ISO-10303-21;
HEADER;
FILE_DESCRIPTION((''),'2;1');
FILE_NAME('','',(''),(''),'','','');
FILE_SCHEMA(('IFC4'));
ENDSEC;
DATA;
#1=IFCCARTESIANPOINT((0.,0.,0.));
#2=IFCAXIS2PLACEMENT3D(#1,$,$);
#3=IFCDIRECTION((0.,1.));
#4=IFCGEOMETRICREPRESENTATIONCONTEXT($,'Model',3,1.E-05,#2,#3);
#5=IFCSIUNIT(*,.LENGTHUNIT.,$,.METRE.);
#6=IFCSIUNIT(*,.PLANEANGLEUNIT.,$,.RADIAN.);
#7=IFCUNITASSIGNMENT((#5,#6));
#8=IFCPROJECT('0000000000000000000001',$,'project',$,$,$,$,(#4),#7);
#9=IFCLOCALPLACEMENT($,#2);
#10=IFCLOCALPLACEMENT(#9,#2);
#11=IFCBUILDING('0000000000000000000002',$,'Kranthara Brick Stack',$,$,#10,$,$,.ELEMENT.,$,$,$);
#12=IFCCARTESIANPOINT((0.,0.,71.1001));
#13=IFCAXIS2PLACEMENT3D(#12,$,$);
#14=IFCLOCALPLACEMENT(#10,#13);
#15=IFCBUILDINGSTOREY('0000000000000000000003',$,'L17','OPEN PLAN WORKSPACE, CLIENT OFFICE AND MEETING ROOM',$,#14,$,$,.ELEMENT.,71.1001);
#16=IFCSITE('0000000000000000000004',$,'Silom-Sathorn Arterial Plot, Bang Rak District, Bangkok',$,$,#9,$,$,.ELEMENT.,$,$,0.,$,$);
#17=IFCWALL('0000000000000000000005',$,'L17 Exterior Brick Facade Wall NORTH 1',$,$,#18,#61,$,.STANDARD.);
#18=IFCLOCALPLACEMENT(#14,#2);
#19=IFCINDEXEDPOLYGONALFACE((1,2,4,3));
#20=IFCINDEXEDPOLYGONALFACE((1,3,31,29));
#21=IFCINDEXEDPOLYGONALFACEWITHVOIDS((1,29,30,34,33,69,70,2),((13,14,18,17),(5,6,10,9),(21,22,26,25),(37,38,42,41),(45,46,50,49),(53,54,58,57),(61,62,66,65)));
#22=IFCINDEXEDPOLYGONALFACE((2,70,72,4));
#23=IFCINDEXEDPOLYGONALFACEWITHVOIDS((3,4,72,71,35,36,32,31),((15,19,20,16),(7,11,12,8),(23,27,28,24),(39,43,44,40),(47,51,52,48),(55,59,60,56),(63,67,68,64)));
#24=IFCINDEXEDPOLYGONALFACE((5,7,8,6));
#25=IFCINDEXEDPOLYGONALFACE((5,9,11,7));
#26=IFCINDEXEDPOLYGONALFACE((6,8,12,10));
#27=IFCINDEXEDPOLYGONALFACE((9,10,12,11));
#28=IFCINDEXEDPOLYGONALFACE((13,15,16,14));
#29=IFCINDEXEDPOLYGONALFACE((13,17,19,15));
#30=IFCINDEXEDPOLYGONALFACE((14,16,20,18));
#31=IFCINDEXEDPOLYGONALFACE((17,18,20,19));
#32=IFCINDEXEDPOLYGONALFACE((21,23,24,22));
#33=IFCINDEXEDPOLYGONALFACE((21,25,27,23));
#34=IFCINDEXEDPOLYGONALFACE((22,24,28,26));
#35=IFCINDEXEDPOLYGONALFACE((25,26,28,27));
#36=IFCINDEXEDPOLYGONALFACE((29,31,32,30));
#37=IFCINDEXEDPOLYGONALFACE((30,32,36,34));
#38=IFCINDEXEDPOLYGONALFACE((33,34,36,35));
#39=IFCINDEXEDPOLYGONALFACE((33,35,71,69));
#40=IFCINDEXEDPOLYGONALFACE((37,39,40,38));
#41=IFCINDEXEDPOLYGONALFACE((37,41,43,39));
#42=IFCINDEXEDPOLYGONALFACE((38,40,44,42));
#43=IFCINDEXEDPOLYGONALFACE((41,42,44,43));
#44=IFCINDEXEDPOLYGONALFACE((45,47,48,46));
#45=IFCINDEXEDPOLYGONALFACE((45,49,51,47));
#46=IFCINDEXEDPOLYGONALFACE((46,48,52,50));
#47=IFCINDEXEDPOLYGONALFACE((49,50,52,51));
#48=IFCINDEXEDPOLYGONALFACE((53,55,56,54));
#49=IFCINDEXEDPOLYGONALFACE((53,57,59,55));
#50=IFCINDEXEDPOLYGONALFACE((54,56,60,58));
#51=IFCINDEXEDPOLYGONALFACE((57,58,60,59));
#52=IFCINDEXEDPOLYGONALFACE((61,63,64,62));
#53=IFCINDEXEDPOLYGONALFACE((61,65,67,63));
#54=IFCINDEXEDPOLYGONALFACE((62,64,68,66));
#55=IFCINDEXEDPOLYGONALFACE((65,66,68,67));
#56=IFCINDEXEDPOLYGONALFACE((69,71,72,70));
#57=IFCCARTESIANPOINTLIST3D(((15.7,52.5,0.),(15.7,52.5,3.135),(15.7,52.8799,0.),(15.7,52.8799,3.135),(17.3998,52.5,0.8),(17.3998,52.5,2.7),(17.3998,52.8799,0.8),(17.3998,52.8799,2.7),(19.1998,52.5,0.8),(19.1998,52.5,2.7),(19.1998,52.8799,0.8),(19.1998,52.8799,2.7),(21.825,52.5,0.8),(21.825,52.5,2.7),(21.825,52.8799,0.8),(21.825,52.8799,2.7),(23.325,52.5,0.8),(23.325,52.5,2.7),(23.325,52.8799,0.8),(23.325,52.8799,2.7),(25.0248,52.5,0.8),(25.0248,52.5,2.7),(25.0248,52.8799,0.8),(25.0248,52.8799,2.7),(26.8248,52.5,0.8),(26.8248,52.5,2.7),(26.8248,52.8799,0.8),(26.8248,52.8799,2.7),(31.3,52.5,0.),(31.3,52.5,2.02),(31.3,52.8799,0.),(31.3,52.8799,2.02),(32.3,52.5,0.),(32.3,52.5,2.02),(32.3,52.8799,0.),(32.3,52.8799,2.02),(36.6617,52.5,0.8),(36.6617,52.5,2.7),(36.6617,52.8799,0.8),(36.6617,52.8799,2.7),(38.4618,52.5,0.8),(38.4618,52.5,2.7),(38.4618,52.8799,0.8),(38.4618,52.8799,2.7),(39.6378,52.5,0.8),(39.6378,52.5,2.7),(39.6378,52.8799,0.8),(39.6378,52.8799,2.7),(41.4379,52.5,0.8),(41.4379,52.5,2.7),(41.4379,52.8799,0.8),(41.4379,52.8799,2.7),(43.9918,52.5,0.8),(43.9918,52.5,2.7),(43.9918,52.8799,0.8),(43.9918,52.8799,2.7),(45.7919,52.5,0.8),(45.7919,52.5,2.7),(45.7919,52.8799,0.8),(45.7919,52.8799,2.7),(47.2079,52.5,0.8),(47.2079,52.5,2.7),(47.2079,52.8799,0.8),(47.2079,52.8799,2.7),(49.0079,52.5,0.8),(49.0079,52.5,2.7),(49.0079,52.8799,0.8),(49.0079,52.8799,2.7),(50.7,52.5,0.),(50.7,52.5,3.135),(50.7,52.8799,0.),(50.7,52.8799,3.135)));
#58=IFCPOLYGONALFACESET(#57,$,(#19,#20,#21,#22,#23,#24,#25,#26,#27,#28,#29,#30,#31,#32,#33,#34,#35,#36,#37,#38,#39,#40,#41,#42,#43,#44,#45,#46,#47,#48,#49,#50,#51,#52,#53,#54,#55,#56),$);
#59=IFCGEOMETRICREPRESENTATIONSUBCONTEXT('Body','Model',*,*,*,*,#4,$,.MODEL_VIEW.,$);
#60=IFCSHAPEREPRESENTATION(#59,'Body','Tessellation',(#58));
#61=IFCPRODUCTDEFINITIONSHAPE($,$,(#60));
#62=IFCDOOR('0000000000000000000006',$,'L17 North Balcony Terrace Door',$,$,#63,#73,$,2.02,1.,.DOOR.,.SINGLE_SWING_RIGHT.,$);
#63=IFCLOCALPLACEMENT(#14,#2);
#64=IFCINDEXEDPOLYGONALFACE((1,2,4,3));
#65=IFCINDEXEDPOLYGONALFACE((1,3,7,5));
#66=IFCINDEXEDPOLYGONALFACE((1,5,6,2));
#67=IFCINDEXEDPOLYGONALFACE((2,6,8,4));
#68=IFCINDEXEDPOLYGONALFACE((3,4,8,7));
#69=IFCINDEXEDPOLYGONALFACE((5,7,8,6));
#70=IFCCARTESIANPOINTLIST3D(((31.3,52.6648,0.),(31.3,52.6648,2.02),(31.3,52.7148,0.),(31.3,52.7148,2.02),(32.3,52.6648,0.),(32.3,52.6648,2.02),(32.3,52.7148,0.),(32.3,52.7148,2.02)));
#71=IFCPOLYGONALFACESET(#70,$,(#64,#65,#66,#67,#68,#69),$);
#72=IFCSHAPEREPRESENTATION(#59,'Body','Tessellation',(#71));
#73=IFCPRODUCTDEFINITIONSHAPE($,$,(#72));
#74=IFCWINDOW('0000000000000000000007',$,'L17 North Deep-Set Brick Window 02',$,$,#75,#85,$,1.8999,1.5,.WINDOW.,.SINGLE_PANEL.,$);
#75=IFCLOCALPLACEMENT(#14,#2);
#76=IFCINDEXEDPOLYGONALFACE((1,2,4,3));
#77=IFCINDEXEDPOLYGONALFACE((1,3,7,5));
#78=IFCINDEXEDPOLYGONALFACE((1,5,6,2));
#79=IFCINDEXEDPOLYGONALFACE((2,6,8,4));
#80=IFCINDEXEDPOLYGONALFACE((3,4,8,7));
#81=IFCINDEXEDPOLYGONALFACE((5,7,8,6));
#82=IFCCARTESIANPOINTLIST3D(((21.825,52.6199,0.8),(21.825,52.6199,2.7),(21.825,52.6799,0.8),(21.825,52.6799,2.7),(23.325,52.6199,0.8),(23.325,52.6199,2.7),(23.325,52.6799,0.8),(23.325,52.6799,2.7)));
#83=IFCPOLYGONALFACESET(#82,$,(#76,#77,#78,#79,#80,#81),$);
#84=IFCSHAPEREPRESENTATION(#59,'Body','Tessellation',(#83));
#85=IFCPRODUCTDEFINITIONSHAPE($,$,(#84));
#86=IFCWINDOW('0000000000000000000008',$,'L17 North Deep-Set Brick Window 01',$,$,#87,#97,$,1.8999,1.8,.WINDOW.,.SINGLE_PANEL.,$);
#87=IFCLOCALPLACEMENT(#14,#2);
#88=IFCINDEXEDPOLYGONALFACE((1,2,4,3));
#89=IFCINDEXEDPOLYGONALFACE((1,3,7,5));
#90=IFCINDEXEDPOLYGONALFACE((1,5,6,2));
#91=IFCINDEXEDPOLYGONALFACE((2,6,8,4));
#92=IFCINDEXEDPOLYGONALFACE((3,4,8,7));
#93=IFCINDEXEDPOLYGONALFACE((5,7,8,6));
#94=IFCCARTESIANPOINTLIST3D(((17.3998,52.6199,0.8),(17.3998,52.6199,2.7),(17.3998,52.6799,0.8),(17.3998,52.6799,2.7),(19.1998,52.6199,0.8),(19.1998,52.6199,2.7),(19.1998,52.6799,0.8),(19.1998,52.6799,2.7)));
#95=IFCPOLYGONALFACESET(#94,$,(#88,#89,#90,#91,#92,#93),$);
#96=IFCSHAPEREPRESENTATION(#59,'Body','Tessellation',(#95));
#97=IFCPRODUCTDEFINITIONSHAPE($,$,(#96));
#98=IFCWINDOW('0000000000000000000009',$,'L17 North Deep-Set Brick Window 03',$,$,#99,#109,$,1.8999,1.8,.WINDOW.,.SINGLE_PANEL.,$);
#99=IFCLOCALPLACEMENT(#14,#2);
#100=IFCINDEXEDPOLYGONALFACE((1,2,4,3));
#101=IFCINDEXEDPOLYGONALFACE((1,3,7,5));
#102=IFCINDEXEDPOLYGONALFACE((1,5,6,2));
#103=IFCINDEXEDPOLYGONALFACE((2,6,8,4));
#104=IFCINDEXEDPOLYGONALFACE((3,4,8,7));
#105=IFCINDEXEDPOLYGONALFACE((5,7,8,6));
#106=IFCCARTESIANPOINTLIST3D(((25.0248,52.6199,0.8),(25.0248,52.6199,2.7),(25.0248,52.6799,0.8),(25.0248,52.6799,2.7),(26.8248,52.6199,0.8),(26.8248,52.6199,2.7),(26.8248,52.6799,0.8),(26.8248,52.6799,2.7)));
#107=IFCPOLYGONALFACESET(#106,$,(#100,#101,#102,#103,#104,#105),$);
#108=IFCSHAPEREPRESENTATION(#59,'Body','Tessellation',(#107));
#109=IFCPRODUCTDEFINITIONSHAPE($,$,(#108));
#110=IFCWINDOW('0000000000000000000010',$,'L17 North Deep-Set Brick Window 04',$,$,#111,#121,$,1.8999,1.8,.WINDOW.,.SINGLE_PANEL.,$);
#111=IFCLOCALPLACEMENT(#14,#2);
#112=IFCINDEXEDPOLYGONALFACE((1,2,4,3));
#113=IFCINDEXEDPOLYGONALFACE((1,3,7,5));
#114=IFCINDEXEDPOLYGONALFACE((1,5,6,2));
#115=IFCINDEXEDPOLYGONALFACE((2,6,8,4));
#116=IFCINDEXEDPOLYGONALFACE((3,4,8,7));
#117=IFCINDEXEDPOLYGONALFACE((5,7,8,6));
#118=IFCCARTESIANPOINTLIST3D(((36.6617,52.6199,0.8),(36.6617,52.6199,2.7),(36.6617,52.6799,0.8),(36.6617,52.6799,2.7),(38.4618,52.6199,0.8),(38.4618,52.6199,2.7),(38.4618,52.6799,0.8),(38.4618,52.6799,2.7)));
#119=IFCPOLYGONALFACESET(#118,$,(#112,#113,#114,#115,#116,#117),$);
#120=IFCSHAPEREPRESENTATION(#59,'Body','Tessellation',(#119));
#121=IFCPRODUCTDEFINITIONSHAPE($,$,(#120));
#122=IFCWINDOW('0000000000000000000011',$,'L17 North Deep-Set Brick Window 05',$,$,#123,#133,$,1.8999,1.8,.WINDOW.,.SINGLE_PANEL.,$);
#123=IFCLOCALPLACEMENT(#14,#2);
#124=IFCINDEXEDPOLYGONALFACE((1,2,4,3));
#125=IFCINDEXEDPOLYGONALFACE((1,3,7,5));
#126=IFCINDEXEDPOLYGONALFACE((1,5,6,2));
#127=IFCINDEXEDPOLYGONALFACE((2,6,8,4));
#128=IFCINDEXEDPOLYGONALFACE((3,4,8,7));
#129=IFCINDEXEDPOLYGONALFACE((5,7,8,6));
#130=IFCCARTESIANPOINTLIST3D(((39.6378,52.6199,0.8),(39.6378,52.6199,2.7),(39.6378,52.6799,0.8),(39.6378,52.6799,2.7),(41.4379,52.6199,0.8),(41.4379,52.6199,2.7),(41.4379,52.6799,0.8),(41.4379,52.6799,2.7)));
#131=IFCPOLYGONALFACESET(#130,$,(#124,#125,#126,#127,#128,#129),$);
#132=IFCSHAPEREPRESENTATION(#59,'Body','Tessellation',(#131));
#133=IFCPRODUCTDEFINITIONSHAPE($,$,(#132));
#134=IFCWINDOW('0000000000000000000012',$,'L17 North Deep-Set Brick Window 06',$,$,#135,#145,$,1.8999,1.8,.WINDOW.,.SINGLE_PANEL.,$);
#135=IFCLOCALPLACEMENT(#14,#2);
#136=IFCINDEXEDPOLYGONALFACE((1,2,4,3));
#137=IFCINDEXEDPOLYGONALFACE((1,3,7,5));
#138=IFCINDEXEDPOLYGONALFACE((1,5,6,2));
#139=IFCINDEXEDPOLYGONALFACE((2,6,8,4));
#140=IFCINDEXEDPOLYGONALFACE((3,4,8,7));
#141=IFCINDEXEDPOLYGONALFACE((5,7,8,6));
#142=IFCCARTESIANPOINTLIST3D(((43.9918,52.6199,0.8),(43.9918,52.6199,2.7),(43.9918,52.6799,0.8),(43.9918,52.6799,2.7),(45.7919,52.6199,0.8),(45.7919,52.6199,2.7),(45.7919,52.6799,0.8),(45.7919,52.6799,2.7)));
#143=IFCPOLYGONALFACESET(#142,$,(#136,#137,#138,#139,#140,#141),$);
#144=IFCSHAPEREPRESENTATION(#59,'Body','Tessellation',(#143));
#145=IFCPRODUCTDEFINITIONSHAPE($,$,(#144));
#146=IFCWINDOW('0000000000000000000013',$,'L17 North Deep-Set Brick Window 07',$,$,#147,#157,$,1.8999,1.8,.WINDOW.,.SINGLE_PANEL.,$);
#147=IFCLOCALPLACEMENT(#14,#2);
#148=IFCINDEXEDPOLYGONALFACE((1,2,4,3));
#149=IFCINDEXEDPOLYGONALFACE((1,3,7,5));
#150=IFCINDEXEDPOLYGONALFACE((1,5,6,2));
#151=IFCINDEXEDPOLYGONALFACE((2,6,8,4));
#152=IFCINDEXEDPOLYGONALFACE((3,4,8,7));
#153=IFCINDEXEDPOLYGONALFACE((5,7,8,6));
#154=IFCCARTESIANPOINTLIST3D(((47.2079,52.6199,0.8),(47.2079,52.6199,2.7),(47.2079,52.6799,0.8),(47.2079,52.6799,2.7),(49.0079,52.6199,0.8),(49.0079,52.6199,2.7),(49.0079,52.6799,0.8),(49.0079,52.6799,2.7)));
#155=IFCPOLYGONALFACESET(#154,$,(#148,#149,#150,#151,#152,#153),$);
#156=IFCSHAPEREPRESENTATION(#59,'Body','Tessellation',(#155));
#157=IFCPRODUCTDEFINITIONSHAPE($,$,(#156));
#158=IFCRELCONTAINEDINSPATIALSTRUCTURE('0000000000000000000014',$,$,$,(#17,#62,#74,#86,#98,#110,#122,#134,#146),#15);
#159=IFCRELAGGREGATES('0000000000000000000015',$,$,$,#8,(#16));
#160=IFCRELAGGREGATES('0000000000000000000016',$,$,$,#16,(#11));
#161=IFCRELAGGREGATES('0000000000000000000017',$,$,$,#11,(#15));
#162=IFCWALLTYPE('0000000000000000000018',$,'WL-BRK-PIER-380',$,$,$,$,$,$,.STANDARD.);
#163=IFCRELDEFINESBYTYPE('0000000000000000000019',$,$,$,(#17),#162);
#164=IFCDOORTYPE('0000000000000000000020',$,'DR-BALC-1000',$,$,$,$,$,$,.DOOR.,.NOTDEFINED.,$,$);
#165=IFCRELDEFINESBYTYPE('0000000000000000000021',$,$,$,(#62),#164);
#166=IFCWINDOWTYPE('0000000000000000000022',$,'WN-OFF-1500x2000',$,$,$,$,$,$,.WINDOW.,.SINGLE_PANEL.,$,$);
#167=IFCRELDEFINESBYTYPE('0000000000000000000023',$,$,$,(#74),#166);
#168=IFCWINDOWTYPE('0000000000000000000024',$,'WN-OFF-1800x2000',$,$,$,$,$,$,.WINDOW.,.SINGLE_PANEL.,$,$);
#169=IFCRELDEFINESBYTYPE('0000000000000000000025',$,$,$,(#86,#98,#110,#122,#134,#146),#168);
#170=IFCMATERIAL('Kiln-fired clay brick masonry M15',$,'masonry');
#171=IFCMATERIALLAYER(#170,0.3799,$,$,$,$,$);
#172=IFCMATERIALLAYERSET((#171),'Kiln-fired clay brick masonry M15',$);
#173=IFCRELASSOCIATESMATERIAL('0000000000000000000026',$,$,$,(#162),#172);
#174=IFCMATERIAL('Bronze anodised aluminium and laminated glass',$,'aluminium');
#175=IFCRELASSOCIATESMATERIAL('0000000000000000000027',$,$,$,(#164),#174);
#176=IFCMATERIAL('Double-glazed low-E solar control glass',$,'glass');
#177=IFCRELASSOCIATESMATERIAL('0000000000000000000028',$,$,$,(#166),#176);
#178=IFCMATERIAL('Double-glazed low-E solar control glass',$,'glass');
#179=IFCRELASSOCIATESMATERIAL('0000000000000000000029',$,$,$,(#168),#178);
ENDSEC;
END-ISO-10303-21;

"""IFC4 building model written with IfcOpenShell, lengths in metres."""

from ifc_helpers import new_model, si_unit, direction, frame, frame_2d, origin, place, context, subcontext, project, spatial, rectangle, extrude, material, layer, layer_set, type_object, element, fill, save


model = new_model("IFC4")

# Units and contexts
model_context = context("Model", 3, precision=1e-05, world=origin(), true_north=direction((0.0, 1.0)))
body_context = subcontext(model_context, "Body", "Model", "MODEL_VIEW")
ifc_project = project(units=[si_unit("LENGTHUNIT", "METRE"), si_unit("PLANEANGLEUNIT", "RADIAN")], contexts=[model_context])

# Site, building, storey
site_placement = place(None, origin())
site = spatial("IfcSite", under=ifc_project, at=site_placement, Name="Silom-Sathorn Arterial Plot, Bang Rak District, Bangkok", CompositionType="ELEMENT", RefElevation=0.0)
building_placement = place(site_placement, origin())
building = spatial("IfcBuilding", under=site, at=building_placement, Name="Kranthara Brick Stack", CompositionType="ELEMENT")
storey_placement = place(building_placement, frame((0.0, 0.0, 71.1001)))
storey = spatial("IfcBuildingStorey", under=building, at=storey_placement, Name="L17", Description="OPEN PLAN WORKSPACE, CLIENT OFFICE AND MEETING ROOM", CompositionType="ELEMENT", Elevation=71.1001)

# Shared definitions
ifc_material_1 = material(Name="Kiln-fired clay brick masonry M15", Category="masonry")
ifc_layer_1 = layer(ifc_material_1, 0.3799)
ifc_layer_set_1 = layer_set([ifc_layer_1], Name="Kiln-fired clay brick masonry M15")
wall_type = type_object("IfcWallType", Name="WL-BRK-PIER-380", PredefinedType="STANDARD", material=ifc_layer_set_1)

# Wall, openings, door, windows
wall_1_placement = place(storey_placement, frame((15.7, 52.6899, 0.0), z_axis=(0.0, 0.0, 1.0), x_axis=(1.0, 0.0, 0.0)))
wall_1 = element("IfcWall", 1, at=wall_1_placement, inside=storey, type_object=wall_type, Name="L17 Exterior Brick Facade Wall NORTH 1", PredefinedType="STANDARD", context=body_context, shape_type="SweptSolid", body=[
    extrude(rectangle(XDim=35.0, YDim=0.3799, at=frame_2d((17.5, 0.0))), origin(), (0.0, 0.0, 1.0), 3.135),
])
opening_1_placement = place(wall_1_placement, frame((15.6001, 0.0, 0.0)))
opening_1 = element("IfcOpeningElement", 2, at=opening_1_placement, cuts=wall_1, PredefinedType="OPENING", context=body_context, shape_type="SweptSolid", body=[
    extrude(rectangle(XDim=1.0, YDim=2.02, at=frame_2d((0.5, 1.01))), frame((0.0, 0.2, 0.0), z_axis=(0.0, -1.0, 0.0), x_axis=(1.0, 0.0, 0.0)), (0.0, 0.0, 1.0), 0.3999),
])
opening_2_placement = place(wall_1_placement, frame((1.7, 0.0, 0.8)))
opening_2 = element("IfcOpeningElement", 3, at=opening_2_placement, cuts=wall_1, PredefinedType="OPENING", context=body_context, shape_type="SweptSolid", body=[
    extrude(rectangle(XDim=1.8, YDim=1.8999, at=frame_2d((0.8999, 0.95))), frame((0.0, 0.2, 0.0), z_axis=(0.0, -1.0, 0.0), x_axis=(1.0, 0.0, 0.0)), (0.0, 0.0, 1.0), 0.3999),
])
opening_3_placement = place(wall_1_placement, frame((6.125, 0.0, 0.8)))
opening_3 = element("IfcOpeningElement", 4, at=opening_3_placement, cuts=wall_1, PredefinedType="OPENING", context=body_context, shape_type="SweptSolid", body=[
    extrude(rectangle(XDim=1.5, YDim=1.8999, at=frame_2d((0.75, 0.95))), frame((0.0, 0.2, 0.0), z_axis=(0.0, -1.0, 0.0), x_axis=(1.0, 0.0, 0.0)), (0.0, 0.0, 1.0), 0.3999),
])
opening_4_placement = place(wall_1_placement, frame((9.325, 0.0, 0.8)))
opening_4 = element("IfcOpeningElement", 5, at=opening_4_placement, cuts=wall_1, PredefinedType="OPENING", context=body_context, shape_type="SweptSolid", body=[
    extrude(rectangle(XDim=1.8, YDim=1.8999, at=frame_2d((0.8999, 0.95))), frame((0.0, 0.2, 0.0), z_axis=(0.0, -1.0, 0.0), x_axis=(1.0, 0.0, 0.0)), (0.0, 0.0, 1.0), 0.3999),
])
opening_5_placement = place(wall_1_placement, frame((20.9619, 0.0, 0.8)))
opening_5 = element("IfcOpeningElement", 6, at=opening_5_placement, cuts=wall_1, PredefinedType="OPENING", context=body_context, shape_type="SweptSolid", body=[
    extrude(rectangle(XDim=1.8, YDim=1.8999, at=frame_2d((0.8999, 0.95))), frame((0.0, 0.2, 0.0), z_axis=(0.0, -1.0, 0.0), x_axis=(1.0, 0.0, 0.0)), (0.0, 0.0, 1.0), 0.3999),
])
opening_6_placement = place(wall_1_placement, frame((23.938, 0.0, 0.8)))
opening_6 = element("IfcOpeningElement", 7, at=opening_6_placement, cuts=wall_1, PredefinedType="OPENING", context=body_context, shape_type="SweptSolid", body=[
    extrude(rectangle(XDim=1.8, YDim=1.8999, at=frame_2d((0.8999, 0.95))), frame((0.0, 0.2, 0.0), z_axis=(0.0, -1.0, 0.0), x_axis=(1.0, 0.0, 0.0)), (0.0, 0.0, 1.0), 0.3999),
])
opening_7_placement = place(wall_1_placement, frame((28.292, 0.0, 0.8)))
opening_7 = element("IfcOpeningElement", 8, at=opening_7_placement, cuts=wall_1, PredefinedType="OPENING", context=body_context, shape_type="SweptSolid", body=[
    extrude(rectangle(XDim=1.8, YDim=1.8999, at=frame_2d((0.8999, 0.95))), frame((0.0, 0.2, 0.0), z_axis=(0.0, -1.0, 0.0), x_axis=(1.0, 0.0, 0.0)), (0.0, 0.0, 1.0), 0.3999),
])
opening_8_placement = place(wall_1_placement, frame((31.5081, 0.0, 0.8)))
opening_8 = element("IfcOpeningElement", 9, at=opening_8_placement, cuts=wall_1, PredefinedType="OPENING", context=body_context, shape_type="SweptSolid", body=[
    extrude(rectangle(XDim=1.8, YDim=1.8999, at=frame_2d((0.8999, 0.95))), frame((0.0, 0.2, 0.0), z_axis=(0.0, -1.0, 0.0), x_axis=(1.0, 0.0, 0.0)), (0.0, 0.0, 1.0), 0.3999),
])
ifc_material_2 = material(Name="Bronze anodised aluminium and laminated glass", Category="aluminium")
door_type = type_object("IfcDoorType", Name="DR-BALC-1000", OperationType="NOTDEFINED", PredefinedType="DOOR", material=ifc_material_2)
door_placement = place(opening_1_placement, origin())
door = element("IfcDoor", 10, at=door_placement, inside=storey, type_object=door_type, Name="L17 North Balcony Terrace Door", OperationType="SINGLE_SWING_RIGHT", OverallHeight=2.02, OverallWidth=1.0, PredefinedType="DOOR", context=body_context, shape_type="SweptSolid", body=[
    extrude(rectangle(XDim=1.0, YDim=2.02, at=frame_2d((0.5, 1.01))), frame((0.0, 0.0249, 0.0), z_axis=(0.0, -1.0, 0.0), x_axis=(1.0, 0.0, 0.0)), (0.0, 0.0, 1.0), 0.05),
])
fill(opening_1, door)
ifc_material_3 = material(Name="Double-glazed low-E solar control glass", Category="glass")
window_type_1 = type_object("IfcWindowType", Name="WN-OFF-1500x2000", PartitioningType="SINGLE_PANEL", PredefinedType="WINDOW", material=ifc_material_3)
window_1_placement = place(opening_3_placement, origin())
window_1 = element("IfcWindow", 11, at=window_1_placement, inside=storey, type_object=window_type_1, Name="L17 North Deep-Set Brick Window 02", OverallHeight=1.8999, OverallWidth=1.5, PartitioningType="SINGLE_PANEL", PredefinedType="WINDOW", context=body_context, shape_type="SweptSolid", body=[
    extrude(rectangle(XDim=1.5, YDim=1.8999, at=frame_2d((0.75, 0.95))), frame((0.0, -0.01, 0.0), z_axis=(0.0, -1.0, 0.0), x_axis=(1.0, 0.0, 0.0)), (0.0, 0.0, 1.0), 0.0601),
])
fill(opening_3, window_1)
ifc_material_4 = material(Name="Double-glazed low-E solar control glass", Category="glass")
window_type_2 = type_object("IfcWindowType", Name="WN-OFF-1800x2000", PartitioningType="SINGLE_PANEL", PredefinedType="WINDOW", material=ifc_material_4)
window_2_placement = place(opening_2_placement, origin())
window_2 = element("IfcWindow", 12, at=window_2_placement, inside=storey, type_object=window_type_2, Name="L17 North Deep-Set Brick Window 01", OverallHeight=1.8999, OverallWidth=1.8, PartitioningType="SINGLE_PANEL", PredefinedType="WINDOW", context=body_context, shape_type="SweptSolid", body=[
    extrude(rectangle(XDim=1.8, YDim=1.8999, at=frame_2d((0.8999, 0.95))), frame((0.0, -0.01, 0.0), z_axis=(0.0, -1.0, 0.0), x_axis=(1.0, 0.0, 0.0)), (0.0, 0.0, 1.0), 0.0601),
])
fill(opening_2, window_2)
window_3_placement = place(opening_4_placement, origin())
window_3 = element("IfcWindow", 13, at=window_3_placement, inside=storey, type_object=window_type_2, Name="L17 North Deep-Set Brick Window 03", OverallHeight=1.8999, OverallWidth=1.8, PartitioningType="SINGLE_PANEL", PredefinedType="WINDOW", context=body_context, shape_type="SweptSolid", body=[
    extrude(rectangle(XDim=1.8, YDim=1.8999, at=frame_2d((0.8999, 0.95))), frame((0.0, -0.01, 0.0), z_axis=(0.0, -1.0, 0.0), x_axis=(1.0, 0.0, 0.0)), (0.0, 0.0, 1.0), 0.0601),
])
fill(opening_4, window_3)
window_4_placement = place(opening_5_placement, origin())
window_4 = element("IfcWindow", 14, at=window_4_placement, inside=storey, type_object=window_type_2, Name="L17 North Deep-Set Brick Window 04", OverallHeight=1.8999, OverallWidth=1.8, PartitioningType="SINGLE_PANEL", PredefinedType="WINDOW", context=body_context, shape_type="SweptSolid", body=[
    extrude(rectangle(XDim=1.8, YDim=1.8999, at=frame_2d((0.8999, 0.95))), frame((0.0, -0.01, 0.0), z_axis=(0.0, -1.0, 0.0), x_axis=(1.0, 0.0, 0.0)), (0.0, 0.0, 1.0), 0.0601),
])
fill(opening_5, window_4)
window_5_placement = place(opening_6_placement, origin())
window_5 = element("IfcWindow", 15, at=window_5_placement, inside=storey, type_object=window_type_2, Name="L17 North Deep-Set Brick Window 05", OverallHeight=1.8999, OverallWidth=1.8, PartitioningType="SINGLE_PANEL", PredefinedType="WINDOW", context=body_context, shape_type="SweptSolid", body=[
    extrude(rectangle(XDim=1.8, YDim=1.8999, at=frame_2d((0.8999, 0.95))), frame((0.0, -0.01, 0.0), z_axis=(0.0, -1.0, 0.0), x_axis=(1.0, 0.0, 0.0)), (0.0, 0.0, 1.0), 0.0601),
])
fill(opening_6, window_5)
window_6_placement = place(opening_7_placement, origin())
window_6 = element("IfcWindow", 16, at=window_6_placement, inside=storey, type_object=window_type_2, Name="L17 North Deep-Set Brick Window 06", OverallHeight=1.8999, OverallWidth=1.8, PartitioningType="SINGLE_PANEL", PredefinedType="WINDOW", context=body_context, shape_type="SweptSolid", body=[
    extrude(rectangle(XDim=1.8, YDim=1.8999, at=frame_2d((0.8999, 0.95))), frame((0.0, -0.01, 0.0), z_axis=(0.0, -1.0, 0.0), x_axis=(1.0, 0.0, 0.0)), (0.0, 0.0, 1.0), 0.0601),
])
fill(opening_7, window_6)
window_7_placement = place(opening_8_placement, origin())
window_7 = element("IfcWindow", 17, at=window_7_placement, inside=storey, type_object=window_type_2, Name="L17 North Deep-Set Brick Window 07", OverallHeight=1.8999, OverallWidth=1.8, PartitioningType="SINGLE_PANEL", PredefinedType="WINDOW", context=body_context, shape_type="SweptSolid", body=[
    extrude(rectangle(XDim=1.8, YDim=1.8999, at=frame_2d((0.8999, 0.95))), frame((0.0, -0.01, 0.0), z_axis=(0.0, -1.0, 0.0), x_axis=(1.0, 0.0, 0.0)), (0.0, 0.0, 1.0), 0.0601),
])
fill(opening_8, window_7)

save(model, "model.ifc")
